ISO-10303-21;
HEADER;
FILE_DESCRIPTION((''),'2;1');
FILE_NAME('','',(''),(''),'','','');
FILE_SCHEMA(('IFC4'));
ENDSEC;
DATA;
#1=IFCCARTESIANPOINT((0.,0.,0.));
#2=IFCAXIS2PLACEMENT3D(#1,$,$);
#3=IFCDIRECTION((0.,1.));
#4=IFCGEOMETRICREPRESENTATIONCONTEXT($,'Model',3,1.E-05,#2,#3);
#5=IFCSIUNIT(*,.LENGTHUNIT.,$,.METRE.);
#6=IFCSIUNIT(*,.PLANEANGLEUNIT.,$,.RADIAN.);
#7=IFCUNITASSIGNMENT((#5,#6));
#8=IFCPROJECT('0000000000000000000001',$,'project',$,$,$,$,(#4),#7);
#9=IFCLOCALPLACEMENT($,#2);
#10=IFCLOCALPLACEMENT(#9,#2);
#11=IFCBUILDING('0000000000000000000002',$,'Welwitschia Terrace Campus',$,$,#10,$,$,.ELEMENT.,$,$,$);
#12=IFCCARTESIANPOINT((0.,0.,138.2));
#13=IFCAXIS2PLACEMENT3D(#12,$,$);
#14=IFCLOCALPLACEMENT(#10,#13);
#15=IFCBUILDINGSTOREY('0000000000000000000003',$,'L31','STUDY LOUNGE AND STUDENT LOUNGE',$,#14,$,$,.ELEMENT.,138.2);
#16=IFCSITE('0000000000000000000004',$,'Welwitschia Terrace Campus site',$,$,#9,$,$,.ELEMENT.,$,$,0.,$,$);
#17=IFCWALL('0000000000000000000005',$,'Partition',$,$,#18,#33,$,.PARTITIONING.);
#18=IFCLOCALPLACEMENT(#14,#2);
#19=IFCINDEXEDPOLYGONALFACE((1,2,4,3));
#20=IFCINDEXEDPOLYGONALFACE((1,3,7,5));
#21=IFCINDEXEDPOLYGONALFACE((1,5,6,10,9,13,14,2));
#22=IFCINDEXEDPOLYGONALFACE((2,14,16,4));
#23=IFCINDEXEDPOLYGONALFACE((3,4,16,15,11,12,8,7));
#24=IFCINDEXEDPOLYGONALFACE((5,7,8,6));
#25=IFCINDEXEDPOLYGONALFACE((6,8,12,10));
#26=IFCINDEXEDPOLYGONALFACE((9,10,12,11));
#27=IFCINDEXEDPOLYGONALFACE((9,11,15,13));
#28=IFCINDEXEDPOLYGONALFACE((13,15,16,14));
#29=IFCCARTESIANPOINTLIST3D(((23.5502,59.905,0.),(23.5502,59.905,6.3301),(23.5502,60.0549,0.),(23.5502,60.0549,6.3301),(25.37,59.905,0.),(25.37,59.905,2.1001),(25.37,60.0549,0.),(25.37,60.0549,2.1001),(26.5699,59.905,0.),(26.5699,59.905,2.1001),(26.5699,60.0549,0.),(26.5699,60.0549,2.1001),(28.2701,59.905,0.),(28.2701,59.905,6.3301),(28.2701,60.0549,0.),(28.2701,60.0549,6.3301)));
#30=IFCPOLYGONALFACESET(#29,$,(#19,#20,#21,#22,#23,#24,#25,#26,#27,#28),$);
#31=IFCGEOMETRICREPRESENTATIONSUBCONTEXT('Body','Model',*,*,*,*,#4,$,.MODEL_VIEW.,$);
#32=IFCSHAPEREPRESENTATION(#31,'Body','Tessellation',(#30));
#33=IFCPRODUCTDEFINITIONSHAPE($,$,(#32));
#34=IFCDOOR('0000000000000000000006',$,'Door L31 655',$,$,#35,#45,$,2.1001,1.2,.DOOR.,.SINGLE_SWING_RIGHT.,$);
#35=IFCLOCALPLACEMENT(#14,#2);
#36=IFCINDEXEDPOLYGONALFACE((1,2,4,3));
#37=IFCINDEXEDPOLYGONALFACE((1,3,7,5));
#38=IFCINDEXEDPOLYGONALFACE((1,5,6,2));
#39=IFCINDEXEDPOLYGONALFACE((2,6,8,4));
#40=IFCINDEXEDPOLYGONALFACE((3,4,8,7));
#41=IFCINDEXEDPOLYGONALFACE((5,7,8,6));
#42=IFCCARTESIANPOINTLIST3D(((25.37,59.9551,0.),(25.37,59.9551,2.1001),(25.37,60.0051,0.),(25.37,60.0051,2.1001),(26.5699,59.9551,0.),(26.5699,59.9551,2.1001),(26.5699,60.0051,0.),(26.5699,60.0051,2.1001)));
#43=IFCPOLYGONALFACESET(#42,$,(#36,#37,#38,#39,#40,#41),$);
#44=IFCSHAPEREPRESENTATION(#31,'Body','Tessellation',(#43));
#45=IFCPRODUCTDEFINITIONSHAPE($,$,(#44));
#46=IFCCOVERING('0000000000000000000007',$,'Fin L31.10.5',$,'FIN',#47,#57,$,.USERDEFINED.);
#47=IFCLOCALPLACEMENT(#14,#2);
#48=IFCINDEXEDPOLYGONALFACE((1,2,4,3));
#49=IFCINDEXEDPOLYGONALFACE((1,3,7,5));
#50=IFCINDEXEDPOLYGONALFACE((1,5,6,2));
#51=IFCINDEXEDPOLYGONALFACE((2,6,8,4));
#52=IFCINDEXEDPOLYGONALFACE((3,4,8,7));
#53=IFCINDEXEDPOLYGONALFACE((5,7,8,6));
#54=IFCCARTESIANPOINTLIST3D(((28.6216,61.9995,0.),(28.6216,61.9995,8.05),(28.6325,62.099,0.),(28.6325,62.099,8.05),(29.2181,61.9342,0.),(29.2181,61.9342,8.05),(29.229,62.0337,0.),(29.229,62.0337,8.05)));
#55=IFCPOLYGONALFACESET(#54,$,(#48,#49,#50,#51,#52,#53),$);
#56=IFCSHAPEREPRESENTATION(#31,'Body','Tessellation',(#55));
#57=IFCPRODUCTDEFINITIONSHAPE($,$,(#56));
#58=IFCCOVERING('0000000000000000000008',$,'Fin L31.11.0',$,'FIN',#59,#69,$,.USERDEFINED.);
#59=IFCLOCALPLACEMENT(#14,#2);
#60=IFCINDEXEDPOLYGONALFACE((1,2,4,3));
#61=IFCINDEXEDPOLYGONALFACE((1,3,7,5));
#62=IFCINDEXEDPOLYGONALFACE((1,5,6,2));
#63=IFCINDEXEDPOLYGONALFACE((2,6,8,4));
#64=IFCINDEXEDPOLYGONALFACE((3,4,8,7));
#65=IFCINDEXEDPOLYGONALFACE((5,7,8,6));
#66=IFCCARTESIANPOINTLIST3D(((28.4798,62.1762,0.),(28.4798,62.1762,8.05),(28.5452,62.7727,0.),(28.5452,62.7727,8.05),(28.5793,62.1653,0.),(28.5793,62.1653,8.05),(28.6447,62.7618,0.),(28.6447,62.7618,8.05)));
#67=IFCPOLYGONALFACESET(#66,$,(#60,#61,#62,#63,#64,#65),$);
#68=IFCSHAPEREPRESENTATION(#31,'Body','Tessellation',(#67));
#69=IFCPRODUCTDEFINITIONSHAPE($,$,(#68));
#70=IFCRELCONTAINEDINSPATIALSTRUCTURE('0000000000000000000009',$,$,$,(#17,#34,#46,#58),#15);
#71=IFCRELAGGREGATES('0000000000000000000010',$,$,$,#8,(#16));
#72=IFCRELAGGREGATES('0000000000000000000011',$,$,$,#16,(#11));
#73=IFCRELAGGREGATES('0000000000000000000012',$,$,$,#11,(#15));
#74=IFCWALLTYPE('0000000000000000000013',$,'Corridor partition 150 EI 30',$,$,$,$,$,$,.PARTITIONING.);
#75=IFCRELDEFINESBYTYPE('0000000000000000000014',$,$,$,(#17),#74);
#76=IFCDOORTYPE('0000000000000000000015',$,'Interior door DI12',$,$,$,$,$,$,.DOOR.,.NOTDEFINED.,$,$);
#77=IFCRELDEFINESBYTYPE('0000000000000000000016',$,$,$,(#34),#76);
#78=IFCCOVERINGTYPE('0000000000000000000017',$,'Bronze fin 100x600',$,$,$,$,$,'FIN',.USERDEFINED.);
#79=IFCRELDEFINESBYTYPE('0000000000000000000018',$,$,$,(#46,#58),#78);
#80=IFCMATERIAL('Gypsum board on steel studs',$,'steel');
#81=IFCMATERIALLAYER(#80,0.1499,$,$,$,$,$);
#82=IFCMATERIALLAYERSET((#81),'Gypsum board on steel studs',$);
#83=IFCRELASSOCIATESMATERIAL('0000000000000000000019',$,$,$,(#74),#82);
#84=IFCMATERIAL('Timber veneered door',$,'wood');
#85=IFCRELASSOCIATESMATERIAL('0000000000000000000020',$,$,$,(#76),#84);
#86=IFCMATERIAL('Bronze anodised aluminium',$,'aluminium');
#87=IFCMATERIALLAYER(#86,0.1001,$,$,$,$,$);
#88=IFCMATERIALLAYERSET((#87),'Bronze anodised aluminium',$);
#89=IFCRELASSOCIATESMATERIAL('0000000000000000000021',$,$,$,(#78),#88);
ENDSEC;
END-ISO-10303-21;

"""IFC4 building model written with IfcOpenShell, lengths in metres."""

from ifc_helpers import new_model, si_unit, direction, frame, frame_2d, origin, origin_2d, place, context, subcontext, project, spatial, rectangle, extrude, material, layer, layer_set, type_object, element, fill, save


model = new_model("IFC4")

# Units and contexts
model_context = context("Model", 3, precision=1e-05, world=origin(), true_north=direction((0.0, 1.0)))
body_context = subcontext(model_context, "Body", "Model", "MODEL_VIEW")
ifc_project = project(units=[si_unit("LENGTHUNIT", "METRE"), si_unit("PLANEANGLEUNIT", "RADIAN")], contexts=[model_context])

# Site, building, storey
site_placement = place(None, origin())
site = spatial("IfcSite", under=ifc_project, at=site_placement, Name="Welwitschia Terrace Campus site", CompositionType="ELEMENT", RefElevation=0.0)
building_placement = place(site_placement, origin())
building = spatial("IfcBuilding", under=site, at=building_placement, Name="Welwitschia Terrace Campus", CompositionType="ELEMENT")
storey_placement = place(building_placement, frame((0.0, 0.0, 138.2)))
storey = spatial("IfcBuildingStorey", under=building, at=storey_placement, Name="L31", Description="STUDY LOUNGE AND STUDENT LOUNGE", CompositionType="ELEMENT", Elevation=138.2)

# Wall, opening, door
ifc_material_1 = material(Name="Gypsum board on steel studs", Category="steel")
ifc_layer_1 = layer(ifc_material_1, 0.1499)
ifc_layer_set_1 = layer_set([ifc_layer_1], Name="Gypsum board on steel studs")
wall_type_1 = type_object("IfcWallType", Name="Corridor partition 150 EI 30", PredefinedType="PARTITIONING", material=ifc_layer_set_1)
wall_1_placement = place(storey_placement, frame((28.27, 59.98, 0.0), z_axis=(0.0, 0.0, 1.0), x_axis=(-1.0, 0.0, 0.0)))
wall_1 = element("IfcWall", 1, at=wall_1_placement, inside=storey, type_object=wall_type_1, Name="Partition", PredefinedType="PARTITIONING", context=body_context, shape_type="SweptSolid", body=[
    extrude(rectangle(XDim=4.72, YDim=0.1499, at=frame_2d((2.3599, 0.0))), origin(), (0.0, 0.0, 1.0), 6.3301),
])
opening_placement = place(wall_1_placement, frame((1.7, 0.0, 0.0)))
opening = element("IfcOpeningElement", 2, at=opening_placement, cuts=wall_1, PredefinedType="OPENING", context=body_context, shape_type="SweptSolid", body=[
    extrude(rectangle(XDim=1.2, YDim=2.1001, at=frame_2d((0.6001, 1.05))), frame((0.0, 0.085, 0.0), z_axis=(0.0, -1.0, 0.0), x_axis=(1.0, 0.0, 0.0)), (0.0, 0.0, 1.0), 0.1699),
])
ifc_material_2 = material(Name="Timber veneered door", Category="wood")
door_type = type_object("IfcDoorType", Name="Interior door DI12", OperationType="NOTDEFINED", PredefinedType="DOOR", material=ifc_material_2)
door_placement = place(opening_placement, origin())
door = element("IfcDoor", 3, at=door_placement, inside=storey, type_object=door_type, Name="Door L31 655", OperationType="SINGLE_SWING_RIGHT", OverallHeight=2.1001, OverallWidth=1.2, PredefinedType="DOOR", context=body_context, shape_type="SweptSolid", body=[
    extrude(rectangle(XDim=1.2, YDim=2.1001, at=frame_2d((0.6001, 1.05))), frame((0.0, 0.0249, 0.0), z_axis=(0.0, -1.0, 0.0), x_axis=(1.0, 0.0, 0.0)), (0.0, 0.0, 1.0), 0.05),
])
fill(opening, door)

# Coverings
ifc_material_3 = material(Name="Bronze anodised aluminium", Category="aluminium")
ifc_layer_2 = layer(ifc_material_3, 0.1001)
ifc_layer_set_2 = layer_set([ifc_layer_2], Name="Bronze anodised aluminium")
covering_type = type_object("IfcCoveringType", Name="Bronze fin 100x600", ElementType="FIN", PredefinedType="USERDEFINED", material=ifc_layer_set_2)
for number, where, z_axis, x_axis, name in (
    (4, (28.9253, 62.0166, 0.0), (0.0, 0.0, 1.0), (0.108867, 0.994056, 0.0), "Fin L31.10.5"),
    (5, (28.5623, 62.469, 0.0), (0.0, 0.0, 1.0), (-0.994056, 0.108867, 0.0), "Fin L31.11.0"),
):
    element("IfcCovering", number, at=place(storey_placement, frame(where, z_axis=z_axis, x_axis=x_axis)), inside=storey, type_object=covering_type, Name=name, ObjectType="FIN", PredefinedType="USERDEFINED", context=body_context, shape_type="SweptSolid", body=[
        extrude(rectangle(XDim=0.1001, YDim=0.6001, at=origin_2d()), origin(), (0.0, 0.0, 1.0), 8.05),
    ])

save(model, "model.ifc")
